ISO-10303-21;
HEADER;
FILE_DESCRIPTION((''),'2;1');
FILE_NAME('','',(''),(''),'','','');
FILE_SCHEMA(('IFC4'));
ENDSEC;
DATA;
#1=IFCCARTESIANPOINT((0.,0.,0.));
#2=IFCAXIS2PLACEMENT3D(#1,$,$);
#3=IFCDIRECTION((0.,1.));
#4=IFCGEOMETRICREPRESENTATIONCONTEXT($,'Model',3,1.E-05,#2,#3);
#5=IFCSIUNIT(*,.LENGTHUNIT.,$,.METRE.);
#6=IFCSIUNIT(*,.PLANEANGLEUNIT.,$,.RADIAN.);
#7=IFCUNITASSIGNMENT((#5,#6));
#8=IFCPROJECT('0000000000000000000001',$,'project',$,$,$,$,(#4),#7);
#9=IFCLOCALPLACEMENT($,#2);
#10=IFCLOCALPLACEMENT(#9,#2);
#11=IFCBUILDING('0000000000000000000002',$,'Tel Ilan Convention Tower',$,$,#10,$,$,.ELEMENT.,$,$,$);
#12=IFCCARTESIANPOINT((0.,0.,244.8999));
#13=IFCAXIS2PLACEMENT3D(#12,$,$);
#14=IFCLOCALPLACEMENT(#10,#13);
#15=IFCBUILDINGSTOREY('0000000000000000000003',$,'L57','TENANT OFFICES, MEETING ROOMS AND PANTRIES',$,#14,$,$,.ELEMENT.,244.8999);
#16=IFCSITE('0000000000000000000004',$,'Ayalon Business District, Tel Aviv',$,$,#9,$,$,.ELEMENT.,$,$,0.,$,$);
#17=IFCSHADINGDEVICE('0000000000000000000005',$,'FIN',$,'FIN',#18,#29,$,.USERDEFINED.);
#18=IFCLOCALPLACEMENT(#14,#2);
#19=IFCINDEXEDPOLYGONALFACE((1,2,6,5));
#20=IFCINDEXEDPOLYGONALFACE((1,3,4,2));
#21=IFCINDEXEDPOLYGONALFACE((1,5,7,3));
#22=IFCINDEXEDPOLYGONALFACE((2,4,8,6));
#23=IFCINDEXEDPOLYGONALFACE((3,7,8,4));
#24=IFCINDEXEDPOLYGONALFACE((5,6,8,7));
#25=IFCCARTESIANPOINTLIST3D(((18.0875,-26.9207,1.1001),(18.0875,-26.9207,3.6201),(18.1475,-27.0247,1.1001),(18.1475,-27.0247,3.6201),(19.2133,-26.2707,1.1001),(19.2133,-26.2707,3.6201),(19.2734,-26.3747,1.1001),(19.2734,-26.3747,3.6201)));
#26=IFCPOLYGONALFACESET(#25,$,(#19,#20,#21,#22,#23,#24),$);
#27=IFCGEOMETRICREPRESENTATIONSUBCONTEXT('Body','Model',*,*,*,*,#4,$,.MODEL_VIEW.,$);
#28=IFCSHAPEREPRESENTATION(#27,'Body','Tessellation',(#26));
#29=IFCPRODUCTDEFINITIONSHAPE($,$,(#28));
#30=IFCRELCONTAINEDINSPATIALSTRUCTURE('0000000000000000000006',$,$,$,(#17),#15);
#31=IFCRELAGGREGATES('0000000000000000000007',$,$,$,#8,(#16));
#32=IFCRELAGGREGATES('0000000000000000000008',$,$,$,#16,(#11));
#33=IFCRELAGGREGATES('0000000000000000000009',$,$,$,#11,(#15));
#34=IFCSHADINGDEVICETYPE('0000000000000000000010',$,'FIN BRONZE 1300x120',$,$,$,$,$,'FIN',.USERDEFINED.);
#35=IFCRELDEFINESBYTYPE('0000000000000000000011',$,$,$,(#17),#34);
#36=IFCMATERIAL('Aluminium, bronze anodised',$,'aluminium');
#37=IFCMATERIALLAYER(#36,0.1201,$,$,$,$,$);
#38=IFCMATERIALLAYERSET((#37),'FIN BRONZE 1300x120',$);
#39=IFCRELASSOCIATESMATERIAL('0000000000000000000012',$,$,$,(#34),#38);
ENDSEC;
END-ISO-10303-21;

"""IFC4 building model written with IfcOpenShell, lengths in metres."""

from ifc_helpers import new_model, si_unit, direction, frame, origin, origin_2d, place, context, subcontext, project, spatial, rectangle, extrude, material, layer, layer_set, type_object, element, save


model = new_model("IFC4")

# Units and contexts
model_context = context("Model", 3, precision=1e-05, world=origin(), true_north=direction((0.0, 1.0)))
body_context = subcontext(model_context, "Body", "Model", "MODEL_VIEW")
ifc_project = project(units=[si_unit("LENGTHUNIT", "METRE"), si_unit("PLANEANGLEUNIT", "RADIAN")], contexts=[model_context])

# Site, building, storey
site_placement = place(None, origin())
site = spatial("IfcSite", under=ifc_project, at=site_placement, Name="Ayalon Business District, Tel Aviv", CompositionType="ELEMENT", RefElevation=0.0)
building_placement = place(site_placement, origin())
building = spatial("IfcBuilding", under=site, at=building_placement, Name="Tel Ilan Convention Tower", CompositionType="ELEMENT")
storey_placement = place(building_placement, frame((0.0, 0.0, 244.8999)))
storey = spatial("IfcBuildingStorey", under=building, at=storey_placement, Name="L57", Description="TENANT OFFICES, MEETING ROOMS AND PANTRIES", CompositionType="ELEMENT", Elevation=244.8999)

# Shading device
ifc_material_1 = material(Name="Aluminium, bronze anodised", Category="aluminium")
ifc_layer_1 = layer(ifc_material_1, 0.1201)
ifc_layer_set_1 = layer_set([ifc_layer_1], Name="FIN BRONZE 1300x120")
shading_device_type = type_object("IfcShadingDeviceType", Name="FIN BRONZE 1300x120", ElementType="FIN", PredefinedType="USERDEFINED", material=ifc_layer_set_1)
for number, where, z_axis, x_axis, name in (
    (1, (18.6804, -26.6477, 1.1001), (0.0, 0.0, 1.0), (-0.866025, -0.5, 0.0), "FIN"),
):
    element("IfcShadingDevice", number, at=place(storey_placement, frame(where, z_axis=z_axis, x_axis=x_axis)), inside=storey, type_object=shading_device_type, Name=name, ObjectType="FIN", PredefinedType="USERDEFINED", context=body_context, shape_type="SweptSolid", body=[
        extrude(rectangle(XDim=1.3, YDim=0.1201, at=origin_2d()), origin(), (0.0, 0.0, 1.0), 2.52),
    ])

save(model, "model.ifc")
